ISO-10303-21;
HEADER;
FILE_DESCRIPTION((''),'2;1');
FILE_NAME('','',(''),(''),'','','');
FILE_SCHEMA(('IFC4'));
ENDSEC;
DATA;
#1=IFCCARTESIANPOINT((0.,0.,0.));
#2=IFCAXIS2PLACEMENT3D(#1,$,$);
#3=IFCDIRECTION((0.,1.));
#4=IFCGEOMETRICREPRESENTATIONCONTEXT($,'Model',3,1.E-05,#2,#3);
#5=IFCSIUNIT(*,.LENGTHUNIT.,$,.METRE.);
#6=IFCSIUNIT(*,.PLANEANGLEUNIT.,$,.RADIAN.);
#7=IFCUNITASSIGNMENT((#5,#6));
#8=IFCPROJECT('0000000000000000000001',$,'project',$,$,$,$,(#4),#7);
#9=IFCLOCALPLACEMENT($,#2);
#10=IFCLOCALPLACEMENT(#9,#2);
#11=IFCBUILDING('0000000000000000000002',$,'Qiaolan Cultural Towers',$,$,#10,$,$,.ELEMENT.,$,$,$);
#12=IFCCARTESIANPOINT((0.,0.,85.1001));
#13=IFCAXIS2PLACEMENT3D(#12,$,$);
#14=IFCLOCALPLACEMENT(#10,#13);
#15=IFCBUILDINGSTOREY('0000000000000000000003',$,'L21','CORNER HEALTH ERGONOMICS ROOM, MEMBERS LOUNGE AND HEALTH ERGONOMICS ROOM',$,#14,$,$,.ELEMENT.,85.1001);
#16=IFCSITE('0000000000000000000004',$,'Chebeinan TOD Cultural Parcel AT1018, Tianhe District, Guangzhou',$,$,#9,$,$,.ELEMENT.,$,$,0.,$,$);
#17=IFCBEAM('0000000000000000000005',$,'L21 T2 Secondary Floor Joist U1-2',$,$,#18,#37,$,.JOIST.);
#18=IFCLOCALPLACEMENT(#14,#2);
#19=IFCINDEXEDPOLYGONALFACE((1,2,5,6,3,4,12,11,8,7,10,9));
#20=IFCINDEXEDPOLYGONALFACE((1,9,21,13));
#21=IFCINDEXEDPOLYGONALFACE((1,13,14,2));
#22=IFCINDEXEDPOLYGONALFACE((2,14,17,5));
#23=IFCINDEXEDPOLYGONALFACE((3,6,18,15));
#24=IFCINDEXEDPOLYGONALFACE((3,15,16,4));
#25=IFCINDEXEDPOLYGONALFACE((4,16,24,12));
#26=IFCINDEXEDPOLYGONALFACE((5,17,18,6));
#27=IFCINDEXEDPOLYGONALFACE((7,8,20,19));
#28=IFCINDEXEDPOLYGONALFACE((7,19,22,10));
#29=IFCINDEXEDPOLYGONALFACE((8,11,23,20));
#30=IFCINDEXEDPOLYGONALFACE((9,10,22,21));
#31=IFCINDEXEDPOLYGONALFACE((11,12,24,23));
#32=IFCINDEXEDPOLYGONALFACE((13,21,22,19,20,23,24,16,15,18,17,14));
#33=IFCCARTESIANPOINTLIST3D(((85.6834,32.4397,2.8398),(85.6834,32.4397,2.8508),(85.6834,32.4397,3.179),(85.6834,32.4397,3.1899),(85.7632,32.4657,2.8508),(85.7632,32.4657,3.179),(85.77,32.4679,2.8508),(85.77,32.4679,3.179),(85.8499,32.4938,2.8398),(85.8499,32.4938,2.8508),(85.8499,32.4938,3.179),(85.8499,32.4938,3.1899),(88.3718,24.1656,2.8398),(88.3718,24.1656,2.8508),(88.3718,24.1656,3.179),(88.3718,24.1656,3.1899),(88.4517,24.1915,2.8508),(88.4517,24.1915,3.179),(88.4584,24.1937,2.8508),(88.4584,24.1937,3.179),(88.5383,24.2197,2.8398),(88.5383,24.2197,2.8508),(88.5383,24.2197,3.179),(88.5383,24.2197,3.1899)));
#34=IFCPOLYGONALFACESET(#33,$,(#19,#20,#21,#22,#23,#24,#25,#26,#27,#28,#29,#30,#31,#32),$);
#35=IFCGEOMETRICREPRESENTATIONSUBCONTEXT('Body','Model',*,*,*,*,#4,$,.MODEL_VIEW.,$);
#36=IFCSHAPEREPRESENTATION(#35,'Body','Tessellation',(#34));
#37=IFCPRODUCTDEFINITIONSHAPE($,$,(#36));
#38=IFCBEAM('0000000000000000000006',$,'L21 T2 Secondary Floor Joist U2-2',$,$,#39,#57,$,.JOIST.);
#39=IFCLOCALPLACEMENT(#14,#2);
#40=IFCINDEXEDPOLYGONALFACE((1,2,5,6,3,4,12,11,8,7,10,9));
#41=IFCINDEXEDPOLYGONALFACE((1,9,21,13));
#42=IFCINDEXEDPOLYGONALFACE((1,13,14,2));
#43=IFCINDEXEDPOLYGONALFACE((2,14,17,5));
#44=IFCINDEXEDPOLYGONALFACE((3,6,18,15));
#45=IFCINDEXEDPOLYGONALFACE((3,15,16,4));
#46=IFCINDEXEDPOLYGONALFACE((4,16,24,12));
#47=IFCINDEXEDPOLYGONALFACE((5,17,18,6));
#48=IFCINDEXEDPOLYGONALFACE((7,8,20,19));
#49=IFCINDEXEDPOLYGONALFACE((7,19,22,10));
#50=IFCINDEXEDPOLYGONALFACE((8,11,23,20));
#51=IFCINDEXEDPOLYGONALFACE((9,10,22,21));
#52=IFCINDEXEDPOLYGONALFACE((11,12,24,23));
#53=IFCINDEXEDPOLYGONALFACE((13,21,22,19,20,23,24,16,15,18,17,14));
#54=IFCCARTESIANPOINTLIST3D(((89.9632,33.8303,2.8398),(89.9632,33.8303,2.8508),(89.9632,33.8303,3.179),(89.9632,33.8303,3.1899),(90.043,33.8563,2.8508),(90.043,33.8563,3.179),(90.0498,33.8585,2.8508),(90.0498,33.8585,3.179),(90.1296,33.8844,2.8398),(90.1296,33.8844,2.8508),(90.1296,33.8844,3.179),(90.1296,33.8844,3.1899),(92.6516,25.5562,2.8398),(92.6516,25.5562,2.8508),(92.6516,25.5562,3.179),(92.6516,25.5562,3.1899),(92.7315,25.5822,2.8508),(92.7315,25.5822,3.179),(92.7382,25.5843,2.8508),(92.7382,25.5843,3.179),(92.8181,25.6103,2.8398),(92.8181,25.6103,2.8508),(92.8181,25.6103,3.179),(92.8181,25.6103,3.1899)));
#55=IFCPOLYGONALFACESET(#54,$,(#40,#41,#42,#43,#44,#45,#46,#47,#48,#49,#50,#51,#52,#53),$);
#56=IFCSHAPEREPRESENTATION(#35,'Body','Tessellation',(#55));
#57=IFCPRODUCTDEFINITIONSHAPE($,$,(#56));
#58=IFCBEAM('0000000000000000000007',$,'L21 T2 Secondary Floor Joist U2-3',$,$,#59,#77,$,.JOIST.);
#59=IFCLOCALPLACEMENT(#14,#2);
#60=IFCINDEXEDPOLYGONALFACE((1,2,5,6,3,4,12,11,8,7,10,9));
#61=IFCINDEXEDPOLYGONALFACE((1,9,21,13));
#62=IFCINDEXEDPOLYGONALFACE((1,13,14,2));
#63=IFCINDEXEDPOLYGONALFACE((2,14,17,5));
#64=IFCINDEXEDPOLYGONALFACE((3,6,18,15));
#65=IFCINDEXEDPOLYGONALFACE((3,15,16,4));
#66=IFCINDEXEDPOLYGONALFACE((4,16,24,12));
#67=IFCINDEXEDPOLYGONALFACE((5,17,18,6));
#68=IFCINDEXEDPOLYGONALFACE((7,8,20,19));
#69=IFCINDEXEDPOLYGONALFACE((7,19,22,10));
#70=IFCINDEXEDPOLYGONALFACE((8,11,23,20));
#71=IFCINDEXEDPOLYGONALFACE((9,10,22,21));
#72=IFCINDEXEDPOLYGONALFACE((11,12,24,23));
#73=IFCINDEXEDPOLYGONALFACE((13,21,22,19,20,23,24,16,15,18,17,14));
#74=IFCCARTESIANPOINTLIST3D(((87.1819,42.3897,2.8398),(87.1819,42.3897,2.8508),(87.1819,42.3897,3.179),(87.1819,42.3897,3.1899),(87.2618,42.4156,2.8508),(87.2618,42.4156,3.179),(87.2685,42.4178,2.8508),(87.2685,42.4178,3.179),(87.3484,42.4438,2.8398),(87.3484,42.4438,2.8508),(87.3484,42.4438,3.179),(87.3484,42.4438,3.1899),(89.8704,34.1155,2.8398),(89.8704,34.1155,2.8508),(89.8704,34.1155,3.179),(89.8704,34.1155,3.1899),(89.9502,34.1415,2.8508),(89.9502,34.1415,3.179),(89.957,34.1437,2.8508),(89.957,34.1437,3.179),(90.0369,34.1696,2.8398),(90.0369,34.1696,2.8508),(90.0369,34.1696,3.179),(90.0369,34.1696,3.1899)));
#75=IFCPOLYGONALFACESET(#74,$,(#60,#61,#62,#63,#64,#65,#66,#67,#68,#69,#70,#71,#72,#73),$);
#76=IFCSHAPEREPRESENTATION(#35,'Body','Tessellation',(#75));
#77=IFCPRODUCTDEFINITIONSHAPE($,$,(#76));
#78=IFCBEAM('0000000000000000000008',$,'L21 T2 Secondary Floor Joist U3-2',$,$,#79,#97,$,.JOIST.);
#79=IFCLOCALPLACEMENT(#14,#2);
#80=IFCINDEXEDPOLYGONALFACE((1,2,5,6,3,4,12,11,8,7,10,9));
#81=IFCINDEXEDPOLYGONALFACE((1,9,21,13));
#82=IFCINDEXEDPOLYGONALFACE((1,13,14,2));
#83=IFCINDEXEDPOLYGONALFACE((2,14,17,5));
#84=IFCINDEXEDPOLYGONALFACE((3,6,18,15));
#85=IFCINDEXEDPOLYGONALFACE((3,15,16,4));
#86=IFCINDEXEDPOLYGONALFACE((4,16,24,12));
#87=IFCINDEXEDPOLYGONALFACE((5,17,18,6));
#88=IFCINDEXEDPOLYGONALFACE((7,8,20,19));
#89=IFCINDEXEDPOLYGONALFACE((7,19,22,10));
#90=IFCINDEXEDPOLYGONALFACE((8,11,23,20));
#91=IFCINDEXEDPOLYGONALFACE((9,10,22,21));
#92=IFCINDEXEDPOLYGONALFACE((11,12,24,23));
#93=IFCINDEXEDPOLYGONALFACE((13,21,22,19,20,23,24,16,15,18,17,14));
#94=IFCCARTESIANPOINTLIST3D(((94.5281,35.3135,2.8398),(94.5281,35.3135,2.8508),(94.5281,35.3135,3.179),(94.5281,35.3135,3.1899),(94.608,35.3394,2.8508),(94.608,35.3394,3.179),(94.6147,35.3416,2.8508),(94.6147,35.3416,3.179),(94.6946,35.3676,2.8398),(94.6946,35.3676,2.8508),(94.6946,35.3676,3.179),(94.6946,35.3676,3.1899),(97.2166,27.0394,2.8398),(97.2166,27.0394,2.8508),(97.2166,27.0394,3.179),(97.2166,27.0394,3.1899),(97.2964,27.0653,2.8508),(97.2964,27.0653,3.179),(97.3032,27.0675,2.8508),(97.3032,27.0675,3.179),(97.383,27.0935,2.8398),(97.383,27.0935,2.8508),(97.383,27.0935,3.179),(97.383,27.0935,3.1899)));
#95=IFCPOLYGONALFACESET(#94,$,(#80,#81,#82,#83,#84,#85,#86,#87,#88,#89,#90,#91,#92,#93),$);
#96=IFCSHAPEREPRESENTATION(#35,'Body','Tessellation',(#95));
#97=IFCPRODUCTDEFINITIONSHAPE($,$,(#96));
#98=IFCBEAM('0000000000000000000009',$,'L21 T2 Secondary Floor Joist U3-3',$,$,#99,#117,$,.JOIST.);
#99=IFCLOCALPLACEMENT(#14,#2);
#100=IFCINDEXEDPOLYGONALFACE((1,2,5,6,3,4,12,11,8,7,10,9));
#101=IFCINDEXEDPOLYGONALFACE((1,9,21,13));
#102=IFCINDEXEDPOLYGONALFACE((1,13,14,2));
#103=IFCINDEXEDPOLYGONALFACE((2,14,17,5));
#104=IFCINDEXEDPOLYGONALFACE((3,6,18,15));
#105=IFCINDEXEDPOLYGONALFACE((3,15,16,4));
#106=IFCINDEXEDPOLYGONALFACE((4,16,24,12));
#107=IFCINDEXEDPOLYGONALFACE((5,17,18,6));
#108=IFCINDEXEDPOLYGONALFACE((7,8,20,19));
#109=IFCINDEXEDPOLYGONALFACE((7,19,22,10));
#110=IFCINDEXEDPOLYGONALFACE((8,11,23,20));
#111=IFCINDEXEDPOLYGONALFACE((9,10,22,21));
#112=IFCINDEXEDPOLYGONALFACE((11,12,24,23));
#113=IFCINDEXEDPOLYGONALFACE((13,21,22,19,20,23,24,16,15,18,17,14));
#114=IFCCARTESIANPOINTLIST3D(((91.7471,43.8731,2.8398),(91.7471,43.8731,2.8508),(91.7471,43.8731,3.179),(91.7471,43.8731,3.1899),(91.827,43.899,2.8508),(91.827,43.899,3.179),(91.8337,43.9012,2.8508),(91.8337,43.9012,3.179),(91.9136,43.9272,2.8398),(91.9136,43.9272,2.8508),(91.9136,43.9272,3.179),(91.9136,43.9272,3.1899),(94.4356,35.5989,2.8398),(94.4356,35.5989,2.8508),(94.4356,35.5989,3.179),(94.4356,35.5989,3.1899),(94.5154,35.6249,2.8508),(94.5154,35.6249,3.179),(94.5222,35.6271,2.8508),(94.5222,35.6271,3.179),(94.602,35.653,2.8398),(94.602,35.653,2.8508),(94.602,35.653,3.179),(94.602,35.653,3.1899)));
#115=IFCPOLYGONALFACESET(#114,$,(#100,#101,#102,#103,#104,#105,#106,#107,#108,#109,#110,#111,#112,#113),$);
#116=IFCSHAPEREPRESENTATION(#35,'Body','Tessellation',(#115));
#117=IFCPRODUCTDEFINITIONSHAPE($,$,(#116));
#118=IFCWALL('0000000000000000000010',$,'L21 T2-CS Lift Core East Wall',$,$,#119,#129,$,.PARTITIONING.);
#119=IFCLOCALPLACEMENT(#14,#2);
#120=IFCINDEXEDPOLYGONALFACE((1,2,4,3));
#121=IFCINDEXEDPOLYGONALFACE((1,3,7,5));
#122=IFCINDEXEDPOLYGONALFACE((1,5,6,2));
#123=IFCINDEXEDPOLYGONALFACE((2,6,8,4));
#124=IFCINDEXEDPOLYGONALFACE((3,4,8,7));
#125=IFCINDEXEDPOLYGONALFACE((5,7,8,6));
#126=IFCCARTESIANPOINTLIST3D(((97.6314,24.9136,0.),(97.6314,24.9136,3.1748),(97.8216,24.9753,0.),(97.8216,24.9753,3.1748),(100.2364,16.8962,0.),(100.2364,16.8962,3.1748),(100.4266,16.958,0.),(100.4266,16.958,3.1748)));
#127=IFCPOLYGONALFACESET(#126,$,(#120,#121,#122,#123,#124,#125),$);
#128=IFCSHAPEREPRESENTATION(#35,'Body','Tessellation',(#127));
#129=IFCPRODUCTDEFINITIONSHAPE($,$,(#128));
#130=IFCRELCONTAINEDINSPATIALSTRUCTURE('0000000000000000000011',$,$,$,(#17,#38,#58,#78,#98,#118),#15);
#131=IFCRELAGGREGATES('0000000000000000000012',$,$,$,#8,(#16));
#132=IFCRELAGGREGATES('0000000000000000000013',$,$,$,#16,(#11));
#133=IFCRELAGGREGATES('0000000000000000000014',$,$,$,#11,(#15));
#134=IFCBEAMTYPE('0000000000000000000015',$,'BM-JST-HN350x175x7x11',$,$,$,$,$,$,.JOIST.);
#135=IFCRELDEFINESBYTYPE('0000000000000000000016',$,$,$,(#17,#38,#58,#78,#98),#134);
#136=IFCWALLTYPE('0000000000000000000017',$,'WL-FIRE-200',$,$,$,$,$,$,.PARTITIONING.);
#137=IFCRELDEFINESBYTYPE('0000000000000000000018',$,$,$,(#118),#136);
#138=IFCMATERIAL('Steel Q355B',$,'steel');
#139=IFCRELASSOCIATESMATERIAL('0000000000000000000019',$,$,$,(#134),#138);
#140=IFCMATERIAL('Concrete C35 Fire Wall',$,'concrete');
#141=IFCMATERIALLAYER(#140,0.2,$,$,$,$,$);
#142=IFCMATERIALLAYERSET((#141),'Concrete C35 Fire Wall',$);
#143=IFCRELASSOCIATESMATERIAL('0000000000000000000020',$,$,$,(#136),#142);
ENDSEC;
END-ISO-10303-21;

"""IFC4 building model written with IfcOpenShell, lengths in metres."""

from ifc_helpers import new_model, si_unit, direction, frame, frame_2d, origin, origin_2d, place, context, subcontext, project, spatial, rectangle, i_section, extrude, material, layer, layer_set, material_profile, profile_set, type_object, element, save


model = new_model("IFC4")

# Units and contexts
model_context = context("Model", 3, precision=1e-05, world=origin(), true_north=direction((0.0, 1.0)))
body_context = subcontext(model_context, "Body", "Model", "MODEL_VIEW")
ifc_project = project(units=[si_unit("LENGTHUNIT", "METRE"), si_unit("PLANEANGLEUNIT", "RADIAN")], contexts=[model_context])

# Site, building, storey
site_placement = place(None, origin())
site = spatial("IfcSite", under=ifc_project, at=site_placement, Name="Chebeinan TOD Cultural Parcel AT1018, Tianhe District, Guangzhou", CompositionType="ELEMENT", RefElevation=0.0)
building_placement = place(site_placement, origin())
building = spatial("IfcBuilding", under=site, at=building_placement, Name="Qiaolan Cultural Towers", CompositionType="ELEMENT")
storey_placement = place(building_placement, frame((0.0, 0.0, 85.1001)))
storey = spatial("IfcBuildingStorey", under=building, at=storey_placement, Name="L21", Description="CORNER HEALTH ERGONOMICS ROOM, MEMBERS LOUNGE AND HEALTH ERGONOMICS ROOM", CompositionType="ELEMENT", Elevation=85.1001)

# Beams
ifc_material_1 = material(Name="Steel Q355B", Category="steel")
ifc_material_profile = material_profile(ifc_material_1, i_section(OverallWidth=0.175, OverallDepth=0.3501, WebThickness=0.0071, FlangeThickness=0.011, at=origin_2d()), Name="HN350x175x7x11")
ifc_profile_set = profile_set([ifc_material_profile], Name="Steel Q355B")
beam_type = type_object("IfcBeamType", Name="BM-JST-HN350x175x7x11", PredefinedType="JOIST", material=ifc_profile_set)
for number, where, z_axis, x_axis, name in (
    (1, (88.4551, 24.1926, 3.0149), (-0.309021, 0.951055, 0.0), (-0.951055, -0.309021, 0.0), "L21 T2 Secondary Floor Joist U1-2"),
    (2, (92.7349, 25.5833, 3.0149), (-0.309021, 0.951055, 0.0), (-0.951055, -0.309021, 0.0), "L21 T2 Secondary Floor Joist U2-2"),
    (3, (89.9536, 34.1426, 3.0149), (-0.309021, 0.951055, 0.0), (-0.951055, -0.309021, 0.0), "L21 T2 Secondary Floor Joist U2-3"),
    (4, (97.2998, 27.0664, 3.0149), (-0.309021, 0.951055, 0.0), (-0.951055, -0.309021, 0.0), "L21 T2 Secondary Floor Joist U3-2"),
    (5, (94.5188, 35.626, 3.0149), (-0.309021, 0.951055, 0.0), (-0.951055, -0.309021, 0.0), "L21 T2 Secondary Floor Joist U3-3"),
):
    element("IfcBeam", number, at=place(storey_placement, frame(where, z_axis=z_axis, x_axis=x_axis)), inside=storey, type_object=beam_type, Name=name, PredefinedType="JOIST", context=body_context, shape_type="SweptSolid", body=[
        extrude(i_section(OverallWidth=0.175, OverallDepth=0.3501, WebThickness=0.0071, FlangeThickness=0.011, at=origin_2d()), origin(), (0.0, 0.0, 1.0), 8.7),
    ])

# Wall
ifc_material_2 = material(Name="Concrete C35 Fire Wall", Category="concrete")
ifc_layer_1 = layer(ifc_material_2, 0.2)
ifc_layer_set_1 = layer_set([ifc_layer_1], Name="Concrete C35 Fire Wall")
wall_type_1 = type_object("IfcWallType", Name="WL-FIRE-200", PredefinedType="PARTITIONING", material=ifc_layer_set_1)
wall_1_placement = place(storey_placement, frame((97.7266, 24.9443, 0.0), z_axis=(0.0, 0.0, 1.0), x_axis=(0.309016, -0.951057, 0.0)))
element("IfcWall", 6, at=wall_1_placement, inside=storey, type_object=wall_type_1, Name="L21 T2-CS Lift Core East Wall", PredefinedType="PARTITIONING", context=body_context, shape_type="SweptSolid", body=[
    extrude(rectangle(XDim=8.4299, YDim=0.2, at=frame_2d((4.2148, 0.0))), origin(), (0.0, 0.0, 1.0), 3.1748),
])

save(model, "model.ifc")
